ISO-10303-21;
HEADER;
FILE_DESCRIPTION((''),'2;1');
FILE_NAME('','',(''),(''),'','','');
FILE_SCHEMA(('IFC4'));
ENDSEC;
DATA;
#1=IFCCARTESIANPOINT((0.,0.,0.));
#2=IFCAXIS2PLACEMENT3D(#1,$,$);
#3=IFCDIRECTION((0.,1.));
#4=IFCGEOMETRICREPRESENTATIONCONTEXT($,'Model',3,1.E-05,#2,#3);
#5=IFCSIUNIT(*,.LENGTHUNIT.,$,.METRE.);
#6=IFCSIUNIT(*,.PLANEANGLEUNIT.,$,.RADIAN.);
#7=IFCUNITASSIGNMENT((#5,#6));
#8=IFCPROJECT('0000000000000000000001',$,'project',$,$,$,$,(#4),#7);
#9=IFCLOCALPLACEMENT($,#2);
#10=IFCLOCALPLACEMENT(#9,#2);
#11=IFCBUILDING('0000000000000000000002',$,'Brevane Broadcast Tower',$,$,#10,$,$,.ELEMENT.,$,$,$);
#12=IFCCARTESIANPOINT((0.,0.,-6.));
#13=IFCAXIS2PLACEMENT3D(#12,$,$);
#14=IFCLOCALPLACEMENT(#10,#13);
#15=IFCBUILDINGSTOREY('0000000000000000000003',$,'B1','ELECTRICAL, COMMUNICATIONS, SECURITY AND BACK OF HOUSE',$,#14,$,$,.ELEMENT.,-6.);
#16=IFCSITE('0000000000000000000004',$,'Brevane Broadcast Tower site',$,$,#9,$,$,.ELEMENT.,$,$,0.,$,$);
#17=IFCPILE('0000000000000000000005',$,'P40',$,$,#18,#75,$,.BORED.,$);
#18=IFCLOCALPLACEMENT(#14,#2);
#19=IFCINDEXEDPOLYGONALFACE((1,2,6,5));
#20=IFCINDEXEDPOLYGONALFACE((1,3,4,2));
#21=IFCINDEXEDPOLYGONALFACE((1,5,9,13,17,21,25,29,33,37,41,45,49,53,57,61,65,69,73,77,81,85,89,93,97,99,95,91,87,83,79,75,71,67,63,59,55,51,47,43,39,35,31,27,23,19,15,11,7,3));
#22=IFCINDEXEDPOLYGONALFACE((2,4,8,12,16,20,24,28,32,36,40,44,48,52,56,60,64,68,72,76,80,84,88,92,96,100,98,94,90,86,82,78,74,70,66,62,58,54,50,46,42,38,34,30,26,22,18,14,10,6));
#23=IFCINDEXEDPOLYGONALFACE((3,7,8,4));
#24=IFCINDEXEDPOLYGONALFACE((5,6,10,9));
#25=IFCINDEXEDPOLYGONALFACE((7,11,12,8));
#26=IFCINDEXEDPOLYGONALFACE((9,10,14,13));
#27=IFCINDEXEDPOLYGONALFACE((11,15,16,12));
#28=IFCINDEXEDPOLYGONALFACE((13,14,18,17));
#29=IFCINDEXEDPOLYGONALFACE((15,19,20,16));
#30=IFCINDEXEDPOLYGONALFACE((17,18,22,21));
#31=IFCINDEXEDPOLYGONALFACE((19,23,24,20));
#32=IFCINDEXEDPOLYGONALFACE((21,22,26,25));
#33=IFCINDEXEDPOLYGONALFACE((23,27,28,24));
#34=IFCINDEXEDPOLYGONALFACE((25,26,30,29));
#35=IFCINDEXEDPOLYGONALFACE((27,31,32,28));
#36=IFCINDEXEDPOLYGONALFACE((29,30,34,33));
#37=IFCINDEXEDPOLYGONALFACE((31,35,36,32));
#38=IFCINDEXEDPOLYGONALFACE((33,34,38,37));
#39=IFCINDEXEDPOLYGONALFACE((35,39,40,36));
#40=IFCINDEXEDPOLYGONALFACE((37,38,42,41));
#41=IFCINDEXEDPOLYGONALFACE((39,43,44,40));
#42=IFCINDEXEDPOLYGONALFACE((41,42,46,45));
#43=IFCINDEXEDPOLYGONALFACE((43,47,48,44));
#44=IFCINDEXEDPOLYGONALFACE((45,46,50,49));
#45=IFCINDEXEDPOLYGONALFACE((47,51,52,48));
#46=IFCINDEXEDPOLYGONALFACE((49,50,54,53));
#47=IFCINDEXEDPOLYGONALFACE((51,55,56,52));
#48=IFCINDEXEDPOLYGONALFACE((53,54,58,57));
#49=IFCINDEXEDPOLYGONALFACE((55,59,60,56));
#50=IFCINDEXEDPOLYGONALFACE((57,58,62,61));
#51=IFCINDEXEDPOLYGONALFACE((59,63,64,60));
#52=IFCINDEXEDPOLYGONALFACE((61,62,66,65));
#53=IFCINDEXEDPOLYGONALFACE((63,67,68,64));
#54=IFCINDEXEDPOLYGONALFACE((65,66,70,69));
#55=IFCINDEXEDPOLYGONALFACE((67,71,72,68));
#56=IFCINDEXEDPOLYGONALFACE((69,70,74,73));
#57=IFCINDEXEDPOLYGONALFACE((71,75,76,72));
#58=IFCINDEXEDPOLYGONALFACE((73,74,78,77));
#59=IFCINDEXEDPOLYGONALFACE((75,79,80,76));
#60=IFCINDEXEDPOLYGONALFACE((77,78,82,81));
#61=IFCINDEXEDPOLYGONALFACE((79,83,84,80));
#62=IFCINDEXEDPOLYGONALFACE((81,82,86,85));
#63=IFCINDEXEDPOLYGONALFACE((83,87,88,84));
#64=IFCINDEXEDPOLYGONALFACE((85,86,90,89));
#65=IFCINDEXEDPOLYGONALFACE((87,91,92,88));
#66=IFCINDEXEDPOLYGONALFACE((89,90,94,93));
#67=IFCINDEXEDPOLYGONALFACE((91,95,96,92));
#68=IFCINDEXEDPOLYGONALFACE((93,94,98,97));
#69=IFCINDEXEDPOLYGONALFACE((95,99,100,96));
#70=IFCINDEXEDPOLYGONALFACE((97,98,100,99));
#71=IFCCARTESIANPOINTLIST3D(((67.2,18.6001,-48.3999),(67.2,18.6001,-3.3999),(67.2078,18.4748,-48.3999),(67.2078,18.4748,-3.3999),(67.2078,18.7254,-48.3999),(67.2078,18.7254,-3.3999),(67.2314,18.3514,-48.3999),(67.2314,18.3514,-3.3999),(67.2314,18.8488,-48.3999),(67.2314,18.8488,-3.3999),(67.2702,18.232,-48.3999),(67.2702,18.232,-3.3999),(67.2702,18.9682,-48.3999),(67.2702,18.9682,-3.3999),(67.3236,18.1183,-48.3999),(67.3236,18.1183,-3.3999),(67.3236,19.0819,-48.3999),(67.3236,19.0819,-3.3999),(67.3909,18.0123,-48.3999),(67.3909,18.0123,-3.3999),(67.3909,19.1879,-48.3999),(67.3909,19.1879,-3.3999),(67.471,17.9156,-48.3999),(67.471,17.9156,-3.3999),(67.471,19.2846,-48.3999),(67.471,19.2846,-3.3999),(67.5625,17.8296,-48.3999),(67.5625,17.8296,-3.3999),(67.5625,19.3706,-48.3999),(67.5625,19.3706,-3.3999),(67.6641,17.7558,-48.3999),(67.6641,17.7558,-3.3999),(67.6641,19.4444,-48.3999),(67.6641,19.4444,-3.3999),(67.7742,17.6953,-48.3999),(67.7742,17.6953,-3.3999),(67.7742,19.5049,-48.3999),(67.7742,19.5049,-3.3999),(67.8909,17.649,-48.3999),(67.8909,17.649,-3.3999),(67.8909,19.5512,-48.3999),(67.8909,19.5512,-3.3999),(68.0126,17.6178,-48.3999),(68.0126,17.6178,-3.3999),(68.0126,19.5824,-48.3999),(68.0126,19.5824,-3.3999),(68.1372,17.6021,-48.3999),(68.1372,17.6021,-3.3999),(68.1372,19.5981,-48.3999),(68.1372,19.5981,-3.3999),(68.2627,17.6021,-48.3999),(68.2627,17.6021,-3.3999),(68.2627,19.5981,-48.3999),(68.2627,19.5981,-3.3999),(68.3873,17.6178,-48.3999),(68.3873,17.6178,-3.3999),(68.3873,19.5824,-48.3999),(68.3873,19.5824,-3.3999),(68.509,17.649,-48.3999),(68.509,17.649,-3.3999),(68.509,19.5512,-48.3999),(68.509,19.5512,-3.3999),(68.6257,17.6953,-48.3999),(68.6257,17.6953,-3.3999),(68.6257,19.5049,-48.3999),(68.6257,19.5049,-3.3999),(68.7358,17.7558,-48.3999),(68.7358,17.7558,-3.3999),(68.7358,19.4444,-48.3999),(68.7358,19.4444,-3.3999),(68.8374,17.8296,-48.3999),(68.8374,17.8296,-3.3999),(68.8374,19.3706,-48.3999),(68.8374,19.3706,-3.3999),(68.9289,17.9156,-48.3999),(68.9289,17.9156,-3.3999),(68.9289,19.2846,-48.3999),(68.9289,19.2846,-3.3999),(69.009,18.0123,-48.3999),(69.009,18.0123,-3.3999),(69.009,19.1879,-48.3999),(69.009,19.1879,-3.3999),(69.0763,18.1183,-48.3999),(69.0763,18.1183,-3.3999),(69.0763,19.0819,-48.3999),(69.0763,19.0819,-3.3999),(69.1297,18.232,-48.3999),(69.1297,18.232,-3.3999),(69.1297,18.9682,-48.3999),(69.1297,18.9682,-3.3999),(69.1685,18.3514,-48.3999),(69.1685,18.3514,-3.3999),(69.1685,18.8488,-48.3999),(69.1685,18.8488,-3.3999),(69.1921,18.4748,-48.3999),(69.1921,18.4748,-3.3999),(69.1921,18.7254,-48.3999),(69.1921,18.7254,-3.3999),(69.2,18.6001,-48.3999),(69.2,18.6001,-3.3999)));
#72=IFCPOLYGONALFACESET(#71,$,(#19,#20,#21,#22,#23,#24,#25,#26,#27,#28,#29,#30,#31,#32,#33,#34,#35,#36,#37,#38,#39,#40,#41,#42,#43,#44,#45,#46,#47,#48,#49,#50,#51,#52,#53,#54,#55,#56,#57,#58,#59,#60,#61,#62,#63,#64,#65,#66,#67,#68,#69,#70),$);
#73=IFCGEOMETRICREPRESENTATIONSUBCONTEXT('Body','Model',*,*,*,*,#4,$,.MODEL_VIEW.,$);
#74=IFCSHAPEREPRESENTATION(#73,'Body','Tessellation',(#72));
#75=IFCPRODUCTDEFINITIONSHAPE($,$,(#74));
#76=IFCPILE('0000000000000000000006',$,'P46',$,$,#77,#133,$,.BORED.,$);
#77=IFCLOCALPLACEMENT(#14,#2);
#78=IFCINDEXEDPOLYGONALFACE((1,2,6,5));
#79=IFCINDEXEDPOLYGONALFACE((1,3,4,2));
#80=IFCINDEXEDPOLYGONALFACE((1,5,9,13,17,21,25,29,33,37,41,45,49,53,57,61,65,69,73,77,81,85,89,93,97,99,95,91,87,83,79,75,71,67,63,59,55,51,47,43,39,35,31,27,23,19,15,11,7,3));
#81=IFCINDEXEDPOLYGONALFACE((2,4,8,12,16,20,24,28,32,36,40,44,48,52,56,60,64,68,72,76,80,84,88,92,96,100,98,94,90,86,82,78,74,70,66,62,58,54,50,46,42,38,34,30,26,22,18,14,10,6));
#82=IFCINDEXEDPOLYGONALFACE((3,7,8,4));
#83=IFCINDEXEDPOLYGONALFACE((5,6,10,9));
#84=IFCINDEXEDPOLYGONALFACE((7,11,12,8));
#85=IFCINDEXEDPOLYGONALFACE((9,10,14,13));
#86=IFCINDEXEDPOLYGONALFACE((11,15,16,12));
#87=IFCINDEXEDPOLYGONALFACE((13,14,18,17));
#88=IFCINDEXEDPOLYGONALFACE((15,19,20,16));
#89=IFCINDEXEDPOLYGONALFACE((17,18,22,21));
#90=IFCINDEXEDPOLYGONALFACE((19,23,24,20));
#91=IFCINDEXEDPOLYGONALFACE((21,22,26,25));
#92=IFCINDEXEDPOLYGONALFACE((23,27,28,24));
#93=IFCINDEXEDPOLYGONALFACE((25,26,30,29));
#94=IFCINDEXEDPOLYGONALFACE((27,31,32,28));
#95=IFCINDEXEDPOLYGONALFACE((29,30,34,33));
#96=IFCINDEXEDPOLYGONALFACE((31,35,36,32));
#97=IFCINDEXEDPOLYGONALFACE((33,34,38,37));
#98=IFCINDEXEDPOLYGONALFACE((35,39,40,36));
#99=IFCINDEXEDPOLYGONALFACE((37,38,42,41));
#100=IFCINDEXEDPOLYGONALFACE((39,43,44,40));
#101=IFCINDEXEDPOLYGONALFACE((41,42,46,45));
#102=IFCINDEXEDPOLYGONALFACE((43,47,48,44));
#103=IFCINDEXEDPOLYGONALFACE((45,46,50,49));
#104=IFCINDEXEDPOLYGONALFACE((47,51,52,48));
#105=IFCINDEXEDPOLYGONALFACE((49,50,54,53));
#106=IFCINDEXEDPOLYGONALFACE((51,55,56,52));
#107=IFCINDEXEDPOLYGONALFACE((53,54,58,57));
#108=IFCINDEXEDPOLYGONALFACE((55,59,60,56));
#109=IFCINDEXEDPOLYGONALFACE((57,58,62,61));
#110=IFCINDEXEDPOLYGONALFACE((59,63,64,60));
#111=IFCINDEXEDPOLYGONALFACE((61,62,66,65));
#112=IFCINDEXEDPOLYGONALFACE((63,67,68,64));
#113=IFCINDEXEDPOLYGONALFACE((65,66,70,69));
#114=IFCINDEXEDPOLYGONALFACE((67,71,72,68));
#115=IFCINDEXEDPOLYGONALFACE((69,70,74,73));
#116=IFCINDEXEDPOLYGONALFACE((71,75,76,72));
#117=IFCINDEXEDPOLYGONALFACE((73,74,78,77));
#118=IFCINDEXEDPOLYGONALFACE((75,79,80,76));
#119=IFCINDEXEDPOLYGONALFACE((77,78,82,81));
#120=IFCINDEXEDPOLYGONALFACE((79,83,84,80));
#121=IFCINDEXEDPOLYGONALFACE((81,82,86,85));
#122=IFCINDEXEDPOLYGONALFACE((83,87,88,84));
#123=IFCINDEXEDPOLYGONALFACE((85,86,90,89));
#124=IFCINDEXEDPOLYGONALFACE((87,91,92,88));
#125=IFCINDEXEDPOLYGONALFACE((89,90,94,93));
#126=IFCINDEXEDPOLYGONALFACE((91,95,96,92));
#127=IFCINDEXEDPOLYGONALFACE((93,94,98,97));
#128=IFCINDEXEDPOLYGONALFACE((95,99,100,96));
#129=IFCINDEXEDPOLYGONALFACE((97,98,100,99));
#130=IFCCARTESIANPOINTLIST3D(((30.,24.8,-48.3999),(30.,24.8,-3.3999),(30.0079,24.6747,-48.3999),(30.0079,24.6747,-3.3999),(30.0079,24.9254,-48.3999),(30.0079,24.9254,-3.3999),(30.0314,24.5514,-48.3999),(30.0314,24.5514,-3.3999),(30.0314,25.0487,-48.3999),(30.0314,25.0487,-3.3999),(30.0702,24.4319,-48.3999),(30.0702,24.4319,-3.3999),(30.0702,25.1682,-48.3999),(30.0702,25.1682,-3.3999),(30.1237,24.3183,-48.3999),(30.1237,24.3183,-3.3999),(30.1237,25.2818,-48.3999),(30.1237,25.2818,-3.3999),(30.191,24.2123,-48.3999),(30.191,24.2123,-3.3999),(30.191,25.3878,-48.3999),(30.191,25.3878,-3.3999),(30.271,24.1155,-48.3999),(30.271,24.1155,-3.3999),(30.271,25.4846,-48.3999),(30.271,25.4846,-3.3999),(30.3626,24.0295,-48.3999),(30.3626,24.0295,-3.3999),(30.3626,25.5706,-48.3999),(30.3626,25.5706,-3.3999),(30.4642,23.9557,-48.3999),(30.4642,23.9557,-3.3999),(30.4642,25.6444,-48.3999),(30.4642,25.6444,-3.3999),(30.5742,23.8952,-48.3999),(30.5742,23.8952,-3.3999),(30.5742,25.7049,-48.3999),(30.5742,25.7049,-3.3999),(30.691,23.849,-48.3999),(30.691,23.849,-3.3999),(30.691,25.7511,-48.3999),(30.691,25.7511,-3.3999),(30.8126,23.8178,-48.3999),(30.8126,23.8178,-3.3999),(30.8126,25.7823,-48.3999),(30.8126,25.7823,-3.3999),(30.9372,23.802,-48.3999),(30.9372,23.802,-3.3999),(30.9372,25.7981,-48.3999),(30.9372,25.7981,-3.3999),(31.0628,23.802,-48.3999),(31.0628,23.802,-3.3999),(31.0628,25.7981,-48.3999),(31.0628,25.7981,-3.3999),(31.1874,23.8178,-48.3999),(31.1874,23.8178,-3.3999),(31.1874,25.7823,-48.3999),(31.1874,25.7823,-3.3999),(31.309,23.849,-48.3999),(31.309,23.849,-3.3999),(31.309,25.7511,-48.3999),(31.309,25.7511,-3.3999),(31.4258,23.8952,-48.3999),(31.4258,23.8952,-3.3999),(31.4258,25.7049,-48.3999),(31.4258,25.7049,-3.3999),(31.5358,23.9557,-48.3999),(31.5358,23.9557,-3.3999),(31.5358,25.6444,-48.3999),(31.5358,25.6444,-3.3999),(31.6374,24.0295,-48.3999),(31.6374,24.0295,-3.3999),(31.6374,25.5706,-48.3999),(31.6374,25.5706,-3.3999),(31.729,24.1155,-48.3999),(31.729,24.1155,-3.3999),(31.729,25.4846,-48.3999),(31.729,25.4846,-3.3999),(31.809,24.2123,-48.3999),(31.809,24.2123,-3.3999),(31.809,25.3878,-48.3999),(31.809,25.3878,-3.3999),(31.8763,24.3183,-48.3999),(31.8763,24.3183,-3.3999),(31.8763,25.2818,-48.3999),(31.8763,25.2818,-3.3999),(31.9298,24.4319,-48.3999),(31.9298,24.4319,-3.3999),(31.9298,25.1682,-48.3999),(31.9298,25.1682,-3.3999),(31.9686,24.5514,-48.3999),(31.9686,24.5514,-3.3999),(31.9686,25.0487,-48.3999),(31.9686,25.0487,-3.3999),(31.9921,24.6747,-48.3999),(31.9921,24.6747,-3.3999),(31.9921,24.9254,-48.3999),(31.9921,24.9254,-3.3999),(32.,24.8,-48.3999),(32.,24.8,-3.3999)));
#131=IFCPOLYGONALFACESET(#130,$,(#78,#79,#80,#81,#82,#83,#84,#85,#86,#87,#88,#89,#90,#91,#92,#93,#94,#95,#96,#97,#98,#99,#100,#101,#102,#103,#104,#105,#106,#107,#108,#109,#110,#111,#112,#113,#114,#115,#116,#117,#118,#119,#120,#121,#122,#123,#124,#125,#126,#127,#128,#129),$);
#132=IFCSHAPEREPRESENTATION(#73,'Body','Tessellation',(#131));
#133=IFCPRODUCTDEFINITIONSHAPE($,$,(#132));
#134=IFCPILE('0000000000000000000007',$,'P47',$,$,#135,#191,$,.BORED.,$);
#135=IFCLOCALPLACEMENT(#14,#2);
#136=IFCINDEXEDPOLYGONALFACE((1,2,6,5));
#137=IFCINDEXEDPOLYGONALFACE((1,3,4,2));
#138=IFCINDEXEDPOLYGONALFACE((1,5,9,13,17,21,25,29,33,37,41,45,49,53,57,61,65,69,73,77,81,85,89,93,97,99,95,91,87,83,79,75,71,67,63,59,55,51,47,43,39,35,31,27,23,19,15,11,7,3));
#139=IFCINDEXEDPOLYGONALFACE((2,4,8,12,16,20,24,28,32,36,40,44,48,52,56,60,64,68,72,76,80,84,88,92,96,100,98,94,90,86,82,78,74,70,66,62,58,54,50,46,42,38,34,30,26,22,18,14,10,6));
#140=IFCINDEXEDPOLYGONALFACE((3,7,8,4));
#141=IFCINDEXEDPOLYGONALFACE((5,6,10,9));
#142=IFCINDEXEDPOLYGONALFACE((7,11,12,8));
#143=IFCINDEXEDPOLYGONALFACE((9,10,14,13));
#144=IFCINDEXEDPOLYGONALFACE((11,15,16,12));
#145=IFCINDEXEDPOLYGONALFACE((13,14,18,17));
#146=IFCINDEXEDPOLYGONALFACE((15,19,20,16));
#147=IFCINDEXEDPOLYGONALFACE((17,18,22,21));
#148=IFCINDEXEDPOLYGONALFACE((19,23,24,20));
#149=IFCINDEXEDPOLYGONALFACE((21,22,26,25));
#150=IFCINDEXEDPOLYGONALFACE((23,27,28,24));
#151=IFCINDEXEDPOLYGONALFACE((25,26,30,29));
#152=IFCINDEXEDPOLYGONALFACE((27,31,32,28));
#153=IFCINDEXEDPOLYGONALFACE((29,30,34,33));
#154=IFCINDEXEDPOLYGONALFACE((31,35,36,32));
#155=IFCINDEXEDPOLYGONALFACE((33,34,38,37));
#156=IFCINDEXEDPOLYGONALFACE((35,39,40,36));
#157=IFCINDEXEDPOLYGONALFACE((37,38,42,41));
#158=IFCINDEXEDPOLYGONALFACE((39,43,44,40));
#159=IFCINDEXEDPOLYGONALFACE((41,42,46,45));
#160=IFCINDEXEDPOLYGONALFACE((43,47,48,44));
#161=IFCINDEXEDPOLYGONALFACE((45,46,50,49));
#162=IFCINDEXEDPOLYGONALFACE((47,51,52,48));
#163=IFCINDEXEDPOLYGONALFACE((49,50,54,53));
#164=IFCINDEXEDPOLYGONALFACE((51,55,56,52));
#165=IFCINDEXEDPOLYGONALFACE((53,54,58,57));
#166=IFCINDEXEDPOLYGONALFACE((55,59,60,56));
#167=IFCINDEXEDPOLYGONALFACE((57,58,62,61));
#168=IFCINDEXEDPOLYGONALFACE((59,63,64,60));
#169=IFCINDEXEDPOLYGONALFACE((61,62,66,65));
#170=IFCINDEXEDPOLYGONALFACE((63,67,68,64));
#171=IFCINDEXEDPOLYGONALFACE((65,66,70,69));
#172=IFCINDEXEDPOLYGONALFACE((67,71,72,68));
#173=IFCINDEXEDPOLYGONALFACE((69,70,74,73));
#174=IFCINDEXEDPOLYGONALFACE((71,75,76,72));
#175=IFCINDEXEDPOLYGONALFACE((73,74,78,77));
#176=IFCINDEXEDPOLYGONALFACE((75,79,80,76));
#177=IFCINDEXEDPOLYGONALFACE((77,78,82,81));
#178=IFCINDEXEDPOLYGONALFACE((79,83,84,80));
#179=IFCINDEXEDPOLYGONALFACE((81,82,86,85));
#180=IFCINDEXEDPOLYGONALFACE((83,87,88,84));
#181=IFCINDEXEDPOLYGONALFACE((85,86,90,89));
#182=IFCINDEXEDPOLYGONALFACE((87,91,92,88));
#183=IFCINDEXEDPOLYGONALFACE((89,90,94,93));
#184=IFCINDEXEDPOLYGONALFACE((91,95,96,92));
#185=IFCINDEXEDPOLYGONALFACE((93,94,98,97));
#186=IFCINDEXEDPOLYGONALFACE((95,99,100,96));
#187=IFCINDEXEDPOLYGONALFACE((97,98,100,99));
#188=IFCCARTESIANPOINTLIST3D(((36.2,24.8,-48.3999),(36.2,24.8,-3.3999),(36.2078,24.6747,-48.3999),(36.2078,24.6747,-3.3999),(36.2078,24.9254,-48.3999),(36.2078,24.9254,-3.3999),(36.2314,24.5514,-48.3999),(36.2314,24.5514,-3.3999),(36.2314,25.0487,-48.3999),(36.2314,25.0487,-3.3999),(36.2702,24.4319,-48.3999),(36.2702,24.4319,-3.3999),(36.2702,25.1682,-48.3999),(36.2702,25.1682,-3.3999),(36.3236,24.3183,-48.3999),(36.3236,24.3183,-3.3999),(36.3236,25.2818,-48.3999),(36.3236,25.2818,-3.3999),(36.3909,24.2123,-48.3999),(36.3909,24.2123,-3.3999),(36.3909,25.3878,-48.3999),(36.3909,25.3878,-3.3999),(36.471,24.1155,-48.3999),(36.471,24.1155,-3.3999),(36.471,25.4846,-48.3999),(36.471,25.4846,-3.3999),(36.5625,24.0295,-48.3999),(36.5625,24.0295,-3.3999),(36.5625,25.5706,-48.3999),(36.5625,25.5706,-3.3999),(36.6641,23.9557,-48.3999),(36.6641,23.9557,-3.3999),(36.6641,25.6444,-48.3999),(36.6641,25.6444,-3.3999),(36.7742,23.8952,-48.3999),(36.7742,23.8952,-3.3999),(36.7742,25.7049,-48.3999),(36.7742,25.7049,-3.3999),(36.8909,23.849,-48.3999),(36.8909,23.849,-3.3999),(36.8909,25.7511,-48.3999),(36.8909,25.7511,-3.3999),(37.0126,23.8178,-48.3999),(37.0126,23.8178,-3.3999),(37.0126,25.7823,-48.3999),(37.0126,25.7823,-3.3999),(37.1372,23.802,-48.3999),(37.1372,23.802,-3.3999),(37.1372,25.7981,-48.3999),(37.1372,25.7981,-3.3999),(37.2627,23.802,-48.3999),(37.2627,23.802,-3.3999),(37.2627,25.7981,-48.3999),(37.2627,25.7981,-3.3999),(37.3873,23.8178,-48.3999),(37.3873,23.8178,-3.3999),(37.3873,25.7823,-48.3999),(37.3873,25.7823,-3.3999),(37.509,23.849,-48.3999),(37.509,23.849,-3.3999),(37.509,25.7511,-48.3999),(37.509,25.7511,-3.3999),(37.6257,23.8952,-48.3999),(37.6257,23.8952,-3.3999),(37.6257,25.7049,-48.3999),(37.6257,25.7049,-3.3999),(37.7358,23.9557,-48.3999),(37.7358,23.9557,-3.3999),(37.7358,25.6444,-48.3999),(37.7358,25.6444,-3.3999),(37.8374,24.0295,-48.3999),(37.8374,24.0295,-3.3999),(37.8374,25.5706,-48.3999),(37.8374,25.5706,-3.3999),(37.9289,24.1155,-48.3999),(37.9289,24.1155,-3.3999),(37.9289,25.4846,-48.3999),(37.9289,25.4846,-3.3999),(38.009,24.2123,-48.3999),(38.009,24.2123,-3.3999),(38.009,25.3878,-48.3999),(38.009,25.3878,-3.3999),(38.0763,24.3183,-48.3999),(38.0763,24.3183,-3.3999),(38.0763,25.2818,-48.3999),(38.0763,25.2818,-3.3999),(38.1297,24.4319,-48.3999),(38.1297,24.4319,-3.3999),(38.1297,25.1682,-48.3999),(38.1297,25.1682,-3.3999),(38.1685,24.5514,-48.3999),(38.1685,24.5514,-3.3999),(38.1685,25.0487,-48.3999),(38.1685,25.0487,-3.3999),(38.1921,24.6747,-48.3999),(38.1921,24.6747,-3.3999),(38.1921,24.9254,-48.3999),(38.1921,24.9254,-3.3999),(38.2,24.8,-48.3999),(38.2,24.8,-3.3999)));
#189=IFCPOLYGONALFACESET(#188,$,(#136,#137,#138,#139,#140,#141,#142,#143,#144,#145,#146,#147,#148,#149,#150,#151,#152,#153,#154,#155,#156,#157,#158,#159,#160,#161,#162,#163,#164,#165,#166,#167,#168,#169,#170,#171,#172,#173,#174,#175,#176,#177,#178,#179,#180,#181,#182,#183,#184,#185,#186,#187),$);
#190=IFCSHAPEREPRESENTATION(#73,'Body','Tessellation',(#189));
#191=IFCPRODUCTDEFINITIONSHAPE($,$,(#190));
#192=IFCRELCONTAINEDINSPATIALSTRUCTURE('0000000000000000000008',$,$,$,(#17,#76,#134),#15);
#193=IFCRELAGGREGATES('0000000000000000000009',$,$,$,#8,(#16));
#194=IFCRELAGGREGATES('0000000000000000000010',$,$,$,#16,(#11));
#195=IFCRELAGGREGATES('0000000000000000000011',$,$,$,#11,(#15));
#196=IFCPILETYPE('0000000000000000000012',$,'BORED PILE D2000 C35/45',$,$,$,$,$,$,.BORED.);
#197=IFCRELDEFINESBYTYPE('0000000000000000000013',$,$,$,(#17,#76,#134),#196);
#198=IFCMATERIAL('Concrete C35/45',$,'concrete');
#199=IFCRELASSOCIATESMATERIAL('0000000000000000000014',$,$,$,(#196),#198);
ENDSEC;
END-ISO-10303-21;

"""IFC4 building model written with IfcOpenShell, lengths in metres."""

from ifc_helpers import new_model, si_unit, direction, frame, origin, origin_2d, place, context, subcontext, project, spatial, circle, extrude, material, material_profile, profile_set, type_object, element, save


model = new_model("IFC4")

# Units and contexts
model_context = context("Model", 3, precision=1e-05, world=origin(), true_north=direction((0.0, 1.0)))
body_context = subcontext(model_context, "Body", "Model", "MODEL_VIEW")
ifc_project = project(units=[si_unit("LENGTHUNIT", "METRE"), si_unit("PLANEANGLEUNIT", "RADIAN")], contexts=[model_context])

# Site, building, storey
site_placement = place(None, origin())
site = spatial("IfcSite", under=ifc_project, at=site_placement, Name="Brevane Broadcast Tower site", CompositionType="ELEMENT", RefElevation=0.0)
building_placement = place(site_placement, origin())
building = spatial("IfcBuilding", under=site, at=building_placement, Name="Brevane Broadcast Tower", CompositionType="ELEMENT")
storey_placement = place(building_placement, frame((0.0, 0.0, -6.0)))
storey = spatial("IfcBuildingStorey", under=building, at=storey_placement, Name="B1", Description="ELECTRICAL, COMMUNICATIONS, SECURITY AND BACK OF HOUSE", CompositionType="ELEMENT", Elevation=-6.0)

# Piles
ifc_material_1 = material(Name="Concrete C35/45", Category="concrete")
ifc_material_profile_1 = material_profile(ifc_material_1, circle(Radius=1.0, at=origin_2d()), Name="RC D2000")
ifc_profile_set_1 = profile_set([ifc_material_profile_1], Name="Concrete C35/45")
pile_type = type_object("IfcPileType", Name="BORED PILE D2000 C35/45", PredefinedType="BORED", material=ifc_profile_set_1)
for number, where, z_axis, x_axis, name in (
    (1, (68.2, 18.6001, -3.3999), (0.0, 0.0, -1.0), (1.0, 0.0, 0.0), "P40"),
    (2, (31.0, 24.8, -3.3999), (0.0, 0.0, -1.0), (1.0, 0.0, 0.0), "P46"),
    (3, (37.2, 24.8, -3.3999), (0.0, 0.0, -1.0), (1.0, 0.0, 0.0), "P47"),
):
    element("IfcPile", number, at=place(storey_placement, frame(where, z_axis=z_axis, x_axis=x_axis)), inside=storey, type_object=pile_type, Name=name, PredefinedType="BORED", context=body_context, shape_type="SweptSolid", body=[
        extrude(circle(Radius=1.0, at=origin_2d()), origin(), (0.0, 0.0, 1.0), 45.0),
    ])

save(model, "model.ifc")
